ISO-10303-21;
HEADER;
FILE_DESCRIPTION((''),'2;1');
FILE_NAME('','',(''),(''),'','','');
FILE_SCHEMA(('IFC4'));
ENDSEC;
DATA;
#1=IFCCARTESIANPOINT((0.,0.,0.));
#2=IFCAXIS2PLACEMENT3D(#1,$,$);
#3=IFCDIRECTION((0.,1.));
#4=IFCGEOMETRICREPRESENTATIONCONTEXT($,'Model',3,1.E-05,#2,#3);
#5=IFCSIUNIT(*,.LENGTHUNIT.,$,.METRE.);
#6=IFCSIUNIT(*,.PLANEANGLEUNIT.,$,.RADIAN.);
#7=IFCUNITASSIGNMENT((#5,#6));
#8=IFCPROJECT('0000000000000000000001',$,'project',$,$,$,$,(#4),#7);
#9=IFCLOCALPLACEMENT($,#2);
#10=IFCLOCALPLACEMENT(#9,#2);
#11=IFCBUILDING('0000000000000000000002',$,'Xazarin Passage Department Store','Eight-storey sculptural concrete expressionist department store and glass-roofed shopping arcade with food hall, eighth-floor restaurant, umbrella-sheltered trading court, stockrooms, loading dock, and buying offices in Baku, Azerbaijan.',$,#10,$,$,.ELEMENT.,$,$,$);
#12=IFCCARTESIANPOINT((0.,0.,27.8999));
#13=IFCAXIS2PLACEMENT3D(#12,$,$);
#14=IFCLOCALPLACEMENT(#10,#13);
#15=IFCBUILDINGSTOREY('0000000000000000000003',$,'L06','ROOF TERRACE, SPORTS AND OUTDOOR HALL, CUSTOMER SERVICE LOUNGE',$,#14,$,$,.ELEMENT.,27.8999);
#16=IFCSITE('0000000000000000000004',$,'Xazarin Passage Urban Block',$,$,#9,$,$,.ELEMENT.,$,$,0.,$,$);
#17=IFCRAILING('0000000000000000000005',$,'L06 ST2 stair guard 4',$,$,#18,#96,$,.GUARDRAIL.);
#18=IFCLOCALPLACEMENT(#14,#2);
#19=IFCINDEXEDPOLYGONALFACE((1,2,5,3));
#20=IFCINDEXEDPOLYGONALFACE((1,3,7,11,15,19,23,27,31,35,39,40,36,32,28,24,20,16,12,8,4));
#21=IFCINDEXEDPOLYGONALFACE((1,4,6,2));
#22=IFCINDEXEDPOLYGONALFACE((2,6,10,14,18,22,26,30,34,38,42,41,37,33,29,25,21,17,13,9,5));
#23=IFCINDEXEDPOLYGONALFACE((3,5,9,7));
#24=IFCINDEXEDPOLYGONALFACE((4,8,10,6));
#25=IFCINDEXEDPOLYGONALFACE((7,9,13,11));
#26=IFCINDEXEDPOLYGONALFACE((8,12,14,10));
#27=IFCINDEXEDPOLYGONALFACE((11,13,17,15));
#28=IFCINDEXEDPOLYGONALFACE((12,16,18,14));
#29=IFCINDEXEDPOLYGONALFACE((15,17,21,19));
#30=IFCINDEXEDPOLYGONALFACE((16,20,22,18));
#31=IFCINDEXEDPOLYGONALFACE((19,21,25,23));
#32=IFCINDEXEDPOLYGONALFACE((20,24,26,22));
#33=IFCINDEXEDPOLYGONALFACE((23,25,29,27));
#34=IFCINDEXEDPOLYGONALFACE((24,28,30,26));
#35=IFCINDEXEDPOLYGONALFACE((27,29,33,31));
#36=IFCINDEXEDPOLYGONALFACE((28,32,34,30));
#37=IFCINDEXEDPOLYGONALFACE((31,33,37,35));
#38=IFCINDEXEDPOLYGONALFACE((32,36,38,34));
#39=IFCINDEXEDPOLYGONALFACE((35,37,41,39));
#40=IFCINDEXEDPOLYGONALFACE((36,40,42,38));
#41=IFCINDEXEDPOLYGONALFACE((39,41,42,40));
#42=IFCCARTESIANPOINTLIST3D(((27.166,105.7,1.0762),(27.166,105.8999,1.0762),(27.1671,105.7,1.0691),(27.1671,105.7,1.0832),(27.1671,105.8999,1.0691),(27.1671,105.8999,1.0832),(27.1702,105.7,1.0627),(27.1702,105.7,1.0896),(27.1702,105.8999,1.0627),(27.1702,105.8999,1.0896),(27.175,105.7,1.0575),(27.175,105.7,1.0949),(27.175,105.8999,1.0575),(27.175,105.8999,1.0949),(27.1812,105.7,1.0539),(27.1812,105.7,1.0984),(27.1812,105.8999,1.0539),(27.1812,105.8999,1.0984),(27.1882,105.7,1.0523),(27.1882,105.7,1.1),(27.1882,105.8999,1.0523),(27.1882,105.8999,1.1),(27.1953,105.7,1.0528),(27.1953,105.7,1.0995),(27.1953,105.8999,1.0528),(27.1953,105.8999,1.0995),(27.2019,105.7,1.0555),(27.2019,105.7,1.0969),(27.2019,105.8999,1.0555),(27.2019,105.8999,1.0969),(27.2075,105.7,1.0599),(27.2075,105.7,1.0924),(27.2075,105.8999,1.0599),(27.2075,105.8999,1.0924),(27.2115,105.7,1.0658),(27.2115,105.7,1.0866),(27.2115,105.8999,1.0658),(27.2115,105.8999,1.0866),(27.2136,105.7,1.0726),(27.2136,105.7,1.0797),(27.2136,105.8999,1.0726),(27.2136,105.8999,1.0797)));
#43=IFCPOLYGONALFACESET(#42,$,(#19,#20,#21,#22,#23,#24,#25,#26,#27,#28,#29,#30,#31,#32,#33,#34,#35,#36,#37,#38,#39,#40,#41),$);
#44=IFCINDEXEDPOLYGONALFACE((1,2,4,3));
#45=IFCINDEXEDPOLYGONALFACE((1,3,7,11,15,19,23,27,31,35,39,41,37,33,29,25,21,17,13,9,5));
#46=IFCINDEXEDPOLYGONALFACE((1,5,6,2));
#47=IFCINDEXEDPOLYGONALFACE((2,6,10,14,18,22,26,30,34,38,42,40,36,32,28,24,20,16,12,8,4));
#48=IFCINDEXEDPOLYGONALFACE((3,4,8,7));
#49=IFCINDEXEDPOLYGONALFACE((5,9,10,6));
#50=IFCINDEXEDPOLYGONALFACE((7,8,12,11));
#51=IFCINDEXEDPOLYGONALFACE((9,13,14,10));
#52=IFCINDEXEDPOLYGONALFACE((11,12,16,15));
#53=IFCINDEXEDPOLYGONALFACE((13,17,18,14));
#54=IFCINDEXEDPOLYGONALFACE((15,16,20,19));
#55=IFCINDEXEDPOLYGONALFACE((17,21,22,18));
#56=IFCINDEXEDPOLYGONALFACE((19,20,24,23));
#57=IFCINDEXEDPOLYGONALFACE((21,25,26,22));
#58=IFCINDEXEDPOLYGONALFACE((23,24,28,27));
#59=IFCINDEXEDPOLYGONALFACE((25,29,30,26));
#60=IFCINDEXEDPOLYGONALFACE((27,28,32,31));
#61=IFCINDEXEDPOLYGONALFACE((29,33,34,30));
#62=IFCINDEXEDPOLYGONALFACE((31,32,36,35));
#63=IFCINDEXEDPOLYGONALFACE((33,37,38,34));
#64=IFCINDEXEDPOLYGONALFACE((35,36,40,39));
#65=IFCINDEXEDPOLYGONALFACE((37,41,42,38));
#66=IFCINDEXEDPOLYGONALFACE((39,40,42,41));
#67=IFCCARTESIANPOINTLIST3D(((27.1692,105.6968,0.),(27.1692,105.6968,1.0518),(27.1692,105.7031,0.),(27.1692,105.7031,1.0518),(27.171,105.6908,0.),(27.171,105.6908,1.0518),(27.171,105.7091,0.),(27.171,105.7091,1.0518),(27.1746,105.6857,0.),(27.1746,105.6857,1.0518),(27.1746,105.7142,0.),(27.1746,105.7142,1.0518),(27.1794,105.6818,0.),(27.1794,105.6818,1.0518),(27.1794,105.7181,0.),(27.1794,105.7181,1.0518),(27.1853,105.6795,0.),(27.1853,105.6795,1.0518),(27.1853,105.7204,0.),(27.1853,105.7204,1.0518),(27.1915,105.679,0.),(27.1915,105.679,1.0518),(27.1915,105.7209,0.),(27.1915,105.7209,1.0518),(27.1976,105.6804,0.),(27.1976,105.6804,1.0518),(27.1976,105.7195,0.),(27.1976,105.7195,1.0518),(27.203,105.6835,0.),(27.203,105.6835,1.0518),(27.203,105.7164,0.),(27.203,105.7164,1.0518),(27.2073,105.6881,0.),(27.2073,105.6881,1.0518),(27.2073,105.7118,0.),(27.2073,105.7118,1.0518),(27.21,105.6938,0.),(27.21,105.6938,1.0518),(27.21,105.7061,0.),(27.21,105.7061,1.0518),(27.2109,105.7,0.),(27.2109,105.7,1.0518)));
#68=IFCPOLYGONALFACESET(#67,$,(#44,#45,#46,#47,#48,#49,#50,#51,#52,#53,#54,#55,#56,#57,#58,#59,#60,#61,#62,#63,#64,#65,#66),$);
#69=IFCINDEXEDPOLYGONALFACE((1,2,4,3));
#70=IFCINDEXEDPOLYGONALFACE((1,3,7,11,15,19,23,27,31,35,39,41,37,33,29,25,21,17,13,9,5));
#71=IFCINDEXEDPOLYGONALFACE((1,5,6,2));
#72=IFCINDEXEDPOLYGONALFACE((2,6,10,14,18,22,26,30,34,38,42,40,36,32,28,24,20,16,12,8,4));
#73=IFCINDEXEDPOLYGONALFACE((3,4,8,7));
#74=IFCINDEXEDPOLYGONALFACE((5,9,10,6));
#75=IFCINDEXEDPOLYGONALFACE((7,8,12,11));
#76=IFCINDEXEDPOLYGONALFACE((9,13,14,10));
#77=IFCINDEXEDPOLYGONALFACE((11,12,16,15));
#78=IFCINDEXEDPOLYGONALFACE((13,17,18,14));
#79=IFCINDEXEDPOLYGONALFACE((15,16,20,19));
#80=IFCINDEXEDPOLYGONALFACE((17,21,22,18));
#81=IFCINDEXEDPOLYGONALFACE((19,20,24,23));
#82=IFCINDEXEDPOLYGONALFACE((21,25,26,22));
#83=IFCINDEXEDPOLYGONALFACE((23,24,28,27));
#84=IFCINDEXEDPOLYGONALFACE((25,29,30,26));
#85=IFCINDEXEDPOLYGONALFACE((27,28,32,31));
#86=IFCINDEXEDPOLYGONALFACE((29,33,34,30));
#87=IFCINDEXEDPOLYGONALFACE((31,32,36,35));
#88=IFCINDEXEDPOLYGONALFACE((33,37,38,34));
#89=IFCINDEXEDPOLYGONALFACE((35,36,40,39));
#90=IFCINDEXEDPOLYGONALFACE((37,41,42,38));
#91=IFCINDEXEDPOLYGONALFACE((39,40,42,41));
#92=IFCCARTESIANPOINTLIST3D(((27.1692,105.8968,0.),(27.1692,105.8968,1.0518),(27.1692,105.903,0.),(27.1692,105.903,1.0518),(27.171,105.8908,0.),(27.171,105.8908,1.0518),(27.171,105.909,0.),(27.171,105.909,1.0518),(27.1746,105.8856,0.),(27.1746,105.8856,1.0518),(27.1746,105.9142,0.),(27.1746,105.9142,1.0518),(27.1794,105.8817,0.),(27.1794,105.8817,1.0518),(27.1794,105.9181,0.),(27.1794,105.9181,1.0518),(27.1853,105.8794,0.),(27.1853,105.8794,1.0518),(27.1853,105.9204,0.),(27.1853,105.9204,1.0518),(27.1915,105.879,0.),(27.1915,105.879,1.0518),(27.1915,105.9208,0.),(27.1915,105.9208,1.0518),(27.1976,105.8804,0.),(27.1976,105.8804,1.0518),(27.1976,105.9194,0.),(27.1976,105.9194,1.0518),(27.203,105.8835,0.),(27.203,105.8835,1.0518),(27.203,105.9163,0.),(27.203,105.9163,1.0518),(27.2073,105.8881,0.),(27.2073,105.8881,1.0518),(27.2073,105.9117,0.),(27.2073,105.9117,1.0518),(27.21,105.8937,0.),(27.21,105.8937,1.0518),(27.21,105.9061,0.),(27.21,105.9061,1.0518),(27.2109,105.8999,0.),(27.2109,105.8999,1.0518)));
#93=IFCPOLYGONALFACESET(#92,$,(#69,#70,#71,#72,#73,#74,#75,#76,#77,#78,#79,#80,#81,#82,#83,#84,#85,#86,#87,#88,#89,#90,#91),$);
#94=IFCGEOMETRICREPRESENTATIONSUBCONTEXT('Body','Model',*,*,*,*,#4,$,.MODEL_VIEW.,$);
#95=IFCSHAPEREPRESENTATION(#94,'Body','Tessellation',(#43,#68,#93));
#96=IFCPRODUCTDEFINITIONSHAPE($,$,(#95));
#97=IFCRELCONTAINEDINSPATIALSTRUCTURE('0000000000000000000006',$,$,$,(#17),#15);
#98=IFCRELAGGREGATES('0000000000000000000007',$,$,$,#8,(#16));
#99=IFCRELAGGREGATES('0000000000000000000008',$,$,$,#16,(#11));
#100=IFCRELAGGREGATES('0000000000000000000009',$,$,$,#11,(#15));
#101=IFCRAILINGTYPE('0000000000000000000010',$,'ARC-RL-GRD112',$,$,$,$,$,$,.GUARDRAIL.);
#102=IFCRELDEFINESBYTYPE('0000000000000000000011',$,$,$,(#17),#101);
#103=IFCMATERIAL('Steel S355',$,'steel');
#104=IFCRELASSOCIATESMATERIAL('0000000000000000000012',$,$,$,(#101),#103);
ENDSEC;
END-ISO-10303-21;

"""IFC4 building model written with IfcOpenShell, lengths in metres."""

from ifc_helpers import new_model, si_unit, direction, frame, origin, origin_2d, place, context, subcontext, project, spatial, circle, extrude, material, type_object, element, save


model = new_model("IFC4")

# Units and contexts
model_context = context("Model", 3, precision=1e-05, world=origin(), true_north=direction((0.0, 1.0)))
body_context = subcontext(model_context, "Body", "Model", "MODEL_VIEW")
ifc_project = project(units=[si_unit("LENGTHUNIT", "METRE"), si_unit("PLANEANGLEUNIT", "RADIAN")], contexts=[model_context])

# Site, building, storey
site_placement = place(None, origin())
site = spatial("IfcSite", under=ifc_project, at=site_placement, Name="Xazarin Passage Urban Block", CompositionType="ELEMENT", RefElevation=0.0)
building_placement = place(site_placement, origin())
building = spatial("IfcBuilding", under=site, at=building_placement, Name="Xazarin Passage Department Store", Description="Eight-storey sculptural concrete expressionist department store and glass-roofed shopping arcade with food hall, eighth-floor restaurant, umbrella-sheltered trading court, stockrooms, loading dock, and buying offices in Baku, Azerbaijan.", CompositionType="ELEMENT")
storey_placement = place(building_placement, frame((0.0, 0.0, 27.8999)))
storey = spatial("IfcBuildingStorey", under=building, at=storey_placement, Name="L06", Description="ROOF TERRACE, SPORTS AND OUTDOOR HALL, CUSTOMER SERVICE LOUNGE", CompositionType="ELEMENT", Elevation=27.8999)

# Railing
ifc_material_1 = material(Name="Steel S355", Category="steel")
railing_type_1 = type_object("IfcRailingType", Name="ARC-RL-GRD112", PredefinedType="GUARDRAIL", material=ifc_material_1)
railing_1_placement = place(storey_placement, frame((27.1899, 105.7, 0.0)))
element("IfcRailing", 1, at=railing_1_placement, inside=storey, type_object=railing_type_1, Name="L06 ST2 stair guard 4", PredefinedType="GUARDRAIL", context=body_context, shape_type="SweptSolid", body=[
    extrude(circle(Radius=0.0239, at=origin_2d()), frame((0.0, 0.0, 1.0762), z_axis=(0.0, 1.0, 0.0), x_axis=(-1.0, 0.0, 0.0)), (0.0, 0.0, 1.0), 0.2),
    extrude(circle(Radius=0.021, at=origin_2d()), origin(), (0.0, 0.0, 1.0), 1.0518),
    extrude(circle(Radius=0.021, at=origin_2d()), frame((0.0, 0.2, 0.0)), (0.0, 0.0, 1.0), 1.0518),
])

save(model, "model.ifc")
